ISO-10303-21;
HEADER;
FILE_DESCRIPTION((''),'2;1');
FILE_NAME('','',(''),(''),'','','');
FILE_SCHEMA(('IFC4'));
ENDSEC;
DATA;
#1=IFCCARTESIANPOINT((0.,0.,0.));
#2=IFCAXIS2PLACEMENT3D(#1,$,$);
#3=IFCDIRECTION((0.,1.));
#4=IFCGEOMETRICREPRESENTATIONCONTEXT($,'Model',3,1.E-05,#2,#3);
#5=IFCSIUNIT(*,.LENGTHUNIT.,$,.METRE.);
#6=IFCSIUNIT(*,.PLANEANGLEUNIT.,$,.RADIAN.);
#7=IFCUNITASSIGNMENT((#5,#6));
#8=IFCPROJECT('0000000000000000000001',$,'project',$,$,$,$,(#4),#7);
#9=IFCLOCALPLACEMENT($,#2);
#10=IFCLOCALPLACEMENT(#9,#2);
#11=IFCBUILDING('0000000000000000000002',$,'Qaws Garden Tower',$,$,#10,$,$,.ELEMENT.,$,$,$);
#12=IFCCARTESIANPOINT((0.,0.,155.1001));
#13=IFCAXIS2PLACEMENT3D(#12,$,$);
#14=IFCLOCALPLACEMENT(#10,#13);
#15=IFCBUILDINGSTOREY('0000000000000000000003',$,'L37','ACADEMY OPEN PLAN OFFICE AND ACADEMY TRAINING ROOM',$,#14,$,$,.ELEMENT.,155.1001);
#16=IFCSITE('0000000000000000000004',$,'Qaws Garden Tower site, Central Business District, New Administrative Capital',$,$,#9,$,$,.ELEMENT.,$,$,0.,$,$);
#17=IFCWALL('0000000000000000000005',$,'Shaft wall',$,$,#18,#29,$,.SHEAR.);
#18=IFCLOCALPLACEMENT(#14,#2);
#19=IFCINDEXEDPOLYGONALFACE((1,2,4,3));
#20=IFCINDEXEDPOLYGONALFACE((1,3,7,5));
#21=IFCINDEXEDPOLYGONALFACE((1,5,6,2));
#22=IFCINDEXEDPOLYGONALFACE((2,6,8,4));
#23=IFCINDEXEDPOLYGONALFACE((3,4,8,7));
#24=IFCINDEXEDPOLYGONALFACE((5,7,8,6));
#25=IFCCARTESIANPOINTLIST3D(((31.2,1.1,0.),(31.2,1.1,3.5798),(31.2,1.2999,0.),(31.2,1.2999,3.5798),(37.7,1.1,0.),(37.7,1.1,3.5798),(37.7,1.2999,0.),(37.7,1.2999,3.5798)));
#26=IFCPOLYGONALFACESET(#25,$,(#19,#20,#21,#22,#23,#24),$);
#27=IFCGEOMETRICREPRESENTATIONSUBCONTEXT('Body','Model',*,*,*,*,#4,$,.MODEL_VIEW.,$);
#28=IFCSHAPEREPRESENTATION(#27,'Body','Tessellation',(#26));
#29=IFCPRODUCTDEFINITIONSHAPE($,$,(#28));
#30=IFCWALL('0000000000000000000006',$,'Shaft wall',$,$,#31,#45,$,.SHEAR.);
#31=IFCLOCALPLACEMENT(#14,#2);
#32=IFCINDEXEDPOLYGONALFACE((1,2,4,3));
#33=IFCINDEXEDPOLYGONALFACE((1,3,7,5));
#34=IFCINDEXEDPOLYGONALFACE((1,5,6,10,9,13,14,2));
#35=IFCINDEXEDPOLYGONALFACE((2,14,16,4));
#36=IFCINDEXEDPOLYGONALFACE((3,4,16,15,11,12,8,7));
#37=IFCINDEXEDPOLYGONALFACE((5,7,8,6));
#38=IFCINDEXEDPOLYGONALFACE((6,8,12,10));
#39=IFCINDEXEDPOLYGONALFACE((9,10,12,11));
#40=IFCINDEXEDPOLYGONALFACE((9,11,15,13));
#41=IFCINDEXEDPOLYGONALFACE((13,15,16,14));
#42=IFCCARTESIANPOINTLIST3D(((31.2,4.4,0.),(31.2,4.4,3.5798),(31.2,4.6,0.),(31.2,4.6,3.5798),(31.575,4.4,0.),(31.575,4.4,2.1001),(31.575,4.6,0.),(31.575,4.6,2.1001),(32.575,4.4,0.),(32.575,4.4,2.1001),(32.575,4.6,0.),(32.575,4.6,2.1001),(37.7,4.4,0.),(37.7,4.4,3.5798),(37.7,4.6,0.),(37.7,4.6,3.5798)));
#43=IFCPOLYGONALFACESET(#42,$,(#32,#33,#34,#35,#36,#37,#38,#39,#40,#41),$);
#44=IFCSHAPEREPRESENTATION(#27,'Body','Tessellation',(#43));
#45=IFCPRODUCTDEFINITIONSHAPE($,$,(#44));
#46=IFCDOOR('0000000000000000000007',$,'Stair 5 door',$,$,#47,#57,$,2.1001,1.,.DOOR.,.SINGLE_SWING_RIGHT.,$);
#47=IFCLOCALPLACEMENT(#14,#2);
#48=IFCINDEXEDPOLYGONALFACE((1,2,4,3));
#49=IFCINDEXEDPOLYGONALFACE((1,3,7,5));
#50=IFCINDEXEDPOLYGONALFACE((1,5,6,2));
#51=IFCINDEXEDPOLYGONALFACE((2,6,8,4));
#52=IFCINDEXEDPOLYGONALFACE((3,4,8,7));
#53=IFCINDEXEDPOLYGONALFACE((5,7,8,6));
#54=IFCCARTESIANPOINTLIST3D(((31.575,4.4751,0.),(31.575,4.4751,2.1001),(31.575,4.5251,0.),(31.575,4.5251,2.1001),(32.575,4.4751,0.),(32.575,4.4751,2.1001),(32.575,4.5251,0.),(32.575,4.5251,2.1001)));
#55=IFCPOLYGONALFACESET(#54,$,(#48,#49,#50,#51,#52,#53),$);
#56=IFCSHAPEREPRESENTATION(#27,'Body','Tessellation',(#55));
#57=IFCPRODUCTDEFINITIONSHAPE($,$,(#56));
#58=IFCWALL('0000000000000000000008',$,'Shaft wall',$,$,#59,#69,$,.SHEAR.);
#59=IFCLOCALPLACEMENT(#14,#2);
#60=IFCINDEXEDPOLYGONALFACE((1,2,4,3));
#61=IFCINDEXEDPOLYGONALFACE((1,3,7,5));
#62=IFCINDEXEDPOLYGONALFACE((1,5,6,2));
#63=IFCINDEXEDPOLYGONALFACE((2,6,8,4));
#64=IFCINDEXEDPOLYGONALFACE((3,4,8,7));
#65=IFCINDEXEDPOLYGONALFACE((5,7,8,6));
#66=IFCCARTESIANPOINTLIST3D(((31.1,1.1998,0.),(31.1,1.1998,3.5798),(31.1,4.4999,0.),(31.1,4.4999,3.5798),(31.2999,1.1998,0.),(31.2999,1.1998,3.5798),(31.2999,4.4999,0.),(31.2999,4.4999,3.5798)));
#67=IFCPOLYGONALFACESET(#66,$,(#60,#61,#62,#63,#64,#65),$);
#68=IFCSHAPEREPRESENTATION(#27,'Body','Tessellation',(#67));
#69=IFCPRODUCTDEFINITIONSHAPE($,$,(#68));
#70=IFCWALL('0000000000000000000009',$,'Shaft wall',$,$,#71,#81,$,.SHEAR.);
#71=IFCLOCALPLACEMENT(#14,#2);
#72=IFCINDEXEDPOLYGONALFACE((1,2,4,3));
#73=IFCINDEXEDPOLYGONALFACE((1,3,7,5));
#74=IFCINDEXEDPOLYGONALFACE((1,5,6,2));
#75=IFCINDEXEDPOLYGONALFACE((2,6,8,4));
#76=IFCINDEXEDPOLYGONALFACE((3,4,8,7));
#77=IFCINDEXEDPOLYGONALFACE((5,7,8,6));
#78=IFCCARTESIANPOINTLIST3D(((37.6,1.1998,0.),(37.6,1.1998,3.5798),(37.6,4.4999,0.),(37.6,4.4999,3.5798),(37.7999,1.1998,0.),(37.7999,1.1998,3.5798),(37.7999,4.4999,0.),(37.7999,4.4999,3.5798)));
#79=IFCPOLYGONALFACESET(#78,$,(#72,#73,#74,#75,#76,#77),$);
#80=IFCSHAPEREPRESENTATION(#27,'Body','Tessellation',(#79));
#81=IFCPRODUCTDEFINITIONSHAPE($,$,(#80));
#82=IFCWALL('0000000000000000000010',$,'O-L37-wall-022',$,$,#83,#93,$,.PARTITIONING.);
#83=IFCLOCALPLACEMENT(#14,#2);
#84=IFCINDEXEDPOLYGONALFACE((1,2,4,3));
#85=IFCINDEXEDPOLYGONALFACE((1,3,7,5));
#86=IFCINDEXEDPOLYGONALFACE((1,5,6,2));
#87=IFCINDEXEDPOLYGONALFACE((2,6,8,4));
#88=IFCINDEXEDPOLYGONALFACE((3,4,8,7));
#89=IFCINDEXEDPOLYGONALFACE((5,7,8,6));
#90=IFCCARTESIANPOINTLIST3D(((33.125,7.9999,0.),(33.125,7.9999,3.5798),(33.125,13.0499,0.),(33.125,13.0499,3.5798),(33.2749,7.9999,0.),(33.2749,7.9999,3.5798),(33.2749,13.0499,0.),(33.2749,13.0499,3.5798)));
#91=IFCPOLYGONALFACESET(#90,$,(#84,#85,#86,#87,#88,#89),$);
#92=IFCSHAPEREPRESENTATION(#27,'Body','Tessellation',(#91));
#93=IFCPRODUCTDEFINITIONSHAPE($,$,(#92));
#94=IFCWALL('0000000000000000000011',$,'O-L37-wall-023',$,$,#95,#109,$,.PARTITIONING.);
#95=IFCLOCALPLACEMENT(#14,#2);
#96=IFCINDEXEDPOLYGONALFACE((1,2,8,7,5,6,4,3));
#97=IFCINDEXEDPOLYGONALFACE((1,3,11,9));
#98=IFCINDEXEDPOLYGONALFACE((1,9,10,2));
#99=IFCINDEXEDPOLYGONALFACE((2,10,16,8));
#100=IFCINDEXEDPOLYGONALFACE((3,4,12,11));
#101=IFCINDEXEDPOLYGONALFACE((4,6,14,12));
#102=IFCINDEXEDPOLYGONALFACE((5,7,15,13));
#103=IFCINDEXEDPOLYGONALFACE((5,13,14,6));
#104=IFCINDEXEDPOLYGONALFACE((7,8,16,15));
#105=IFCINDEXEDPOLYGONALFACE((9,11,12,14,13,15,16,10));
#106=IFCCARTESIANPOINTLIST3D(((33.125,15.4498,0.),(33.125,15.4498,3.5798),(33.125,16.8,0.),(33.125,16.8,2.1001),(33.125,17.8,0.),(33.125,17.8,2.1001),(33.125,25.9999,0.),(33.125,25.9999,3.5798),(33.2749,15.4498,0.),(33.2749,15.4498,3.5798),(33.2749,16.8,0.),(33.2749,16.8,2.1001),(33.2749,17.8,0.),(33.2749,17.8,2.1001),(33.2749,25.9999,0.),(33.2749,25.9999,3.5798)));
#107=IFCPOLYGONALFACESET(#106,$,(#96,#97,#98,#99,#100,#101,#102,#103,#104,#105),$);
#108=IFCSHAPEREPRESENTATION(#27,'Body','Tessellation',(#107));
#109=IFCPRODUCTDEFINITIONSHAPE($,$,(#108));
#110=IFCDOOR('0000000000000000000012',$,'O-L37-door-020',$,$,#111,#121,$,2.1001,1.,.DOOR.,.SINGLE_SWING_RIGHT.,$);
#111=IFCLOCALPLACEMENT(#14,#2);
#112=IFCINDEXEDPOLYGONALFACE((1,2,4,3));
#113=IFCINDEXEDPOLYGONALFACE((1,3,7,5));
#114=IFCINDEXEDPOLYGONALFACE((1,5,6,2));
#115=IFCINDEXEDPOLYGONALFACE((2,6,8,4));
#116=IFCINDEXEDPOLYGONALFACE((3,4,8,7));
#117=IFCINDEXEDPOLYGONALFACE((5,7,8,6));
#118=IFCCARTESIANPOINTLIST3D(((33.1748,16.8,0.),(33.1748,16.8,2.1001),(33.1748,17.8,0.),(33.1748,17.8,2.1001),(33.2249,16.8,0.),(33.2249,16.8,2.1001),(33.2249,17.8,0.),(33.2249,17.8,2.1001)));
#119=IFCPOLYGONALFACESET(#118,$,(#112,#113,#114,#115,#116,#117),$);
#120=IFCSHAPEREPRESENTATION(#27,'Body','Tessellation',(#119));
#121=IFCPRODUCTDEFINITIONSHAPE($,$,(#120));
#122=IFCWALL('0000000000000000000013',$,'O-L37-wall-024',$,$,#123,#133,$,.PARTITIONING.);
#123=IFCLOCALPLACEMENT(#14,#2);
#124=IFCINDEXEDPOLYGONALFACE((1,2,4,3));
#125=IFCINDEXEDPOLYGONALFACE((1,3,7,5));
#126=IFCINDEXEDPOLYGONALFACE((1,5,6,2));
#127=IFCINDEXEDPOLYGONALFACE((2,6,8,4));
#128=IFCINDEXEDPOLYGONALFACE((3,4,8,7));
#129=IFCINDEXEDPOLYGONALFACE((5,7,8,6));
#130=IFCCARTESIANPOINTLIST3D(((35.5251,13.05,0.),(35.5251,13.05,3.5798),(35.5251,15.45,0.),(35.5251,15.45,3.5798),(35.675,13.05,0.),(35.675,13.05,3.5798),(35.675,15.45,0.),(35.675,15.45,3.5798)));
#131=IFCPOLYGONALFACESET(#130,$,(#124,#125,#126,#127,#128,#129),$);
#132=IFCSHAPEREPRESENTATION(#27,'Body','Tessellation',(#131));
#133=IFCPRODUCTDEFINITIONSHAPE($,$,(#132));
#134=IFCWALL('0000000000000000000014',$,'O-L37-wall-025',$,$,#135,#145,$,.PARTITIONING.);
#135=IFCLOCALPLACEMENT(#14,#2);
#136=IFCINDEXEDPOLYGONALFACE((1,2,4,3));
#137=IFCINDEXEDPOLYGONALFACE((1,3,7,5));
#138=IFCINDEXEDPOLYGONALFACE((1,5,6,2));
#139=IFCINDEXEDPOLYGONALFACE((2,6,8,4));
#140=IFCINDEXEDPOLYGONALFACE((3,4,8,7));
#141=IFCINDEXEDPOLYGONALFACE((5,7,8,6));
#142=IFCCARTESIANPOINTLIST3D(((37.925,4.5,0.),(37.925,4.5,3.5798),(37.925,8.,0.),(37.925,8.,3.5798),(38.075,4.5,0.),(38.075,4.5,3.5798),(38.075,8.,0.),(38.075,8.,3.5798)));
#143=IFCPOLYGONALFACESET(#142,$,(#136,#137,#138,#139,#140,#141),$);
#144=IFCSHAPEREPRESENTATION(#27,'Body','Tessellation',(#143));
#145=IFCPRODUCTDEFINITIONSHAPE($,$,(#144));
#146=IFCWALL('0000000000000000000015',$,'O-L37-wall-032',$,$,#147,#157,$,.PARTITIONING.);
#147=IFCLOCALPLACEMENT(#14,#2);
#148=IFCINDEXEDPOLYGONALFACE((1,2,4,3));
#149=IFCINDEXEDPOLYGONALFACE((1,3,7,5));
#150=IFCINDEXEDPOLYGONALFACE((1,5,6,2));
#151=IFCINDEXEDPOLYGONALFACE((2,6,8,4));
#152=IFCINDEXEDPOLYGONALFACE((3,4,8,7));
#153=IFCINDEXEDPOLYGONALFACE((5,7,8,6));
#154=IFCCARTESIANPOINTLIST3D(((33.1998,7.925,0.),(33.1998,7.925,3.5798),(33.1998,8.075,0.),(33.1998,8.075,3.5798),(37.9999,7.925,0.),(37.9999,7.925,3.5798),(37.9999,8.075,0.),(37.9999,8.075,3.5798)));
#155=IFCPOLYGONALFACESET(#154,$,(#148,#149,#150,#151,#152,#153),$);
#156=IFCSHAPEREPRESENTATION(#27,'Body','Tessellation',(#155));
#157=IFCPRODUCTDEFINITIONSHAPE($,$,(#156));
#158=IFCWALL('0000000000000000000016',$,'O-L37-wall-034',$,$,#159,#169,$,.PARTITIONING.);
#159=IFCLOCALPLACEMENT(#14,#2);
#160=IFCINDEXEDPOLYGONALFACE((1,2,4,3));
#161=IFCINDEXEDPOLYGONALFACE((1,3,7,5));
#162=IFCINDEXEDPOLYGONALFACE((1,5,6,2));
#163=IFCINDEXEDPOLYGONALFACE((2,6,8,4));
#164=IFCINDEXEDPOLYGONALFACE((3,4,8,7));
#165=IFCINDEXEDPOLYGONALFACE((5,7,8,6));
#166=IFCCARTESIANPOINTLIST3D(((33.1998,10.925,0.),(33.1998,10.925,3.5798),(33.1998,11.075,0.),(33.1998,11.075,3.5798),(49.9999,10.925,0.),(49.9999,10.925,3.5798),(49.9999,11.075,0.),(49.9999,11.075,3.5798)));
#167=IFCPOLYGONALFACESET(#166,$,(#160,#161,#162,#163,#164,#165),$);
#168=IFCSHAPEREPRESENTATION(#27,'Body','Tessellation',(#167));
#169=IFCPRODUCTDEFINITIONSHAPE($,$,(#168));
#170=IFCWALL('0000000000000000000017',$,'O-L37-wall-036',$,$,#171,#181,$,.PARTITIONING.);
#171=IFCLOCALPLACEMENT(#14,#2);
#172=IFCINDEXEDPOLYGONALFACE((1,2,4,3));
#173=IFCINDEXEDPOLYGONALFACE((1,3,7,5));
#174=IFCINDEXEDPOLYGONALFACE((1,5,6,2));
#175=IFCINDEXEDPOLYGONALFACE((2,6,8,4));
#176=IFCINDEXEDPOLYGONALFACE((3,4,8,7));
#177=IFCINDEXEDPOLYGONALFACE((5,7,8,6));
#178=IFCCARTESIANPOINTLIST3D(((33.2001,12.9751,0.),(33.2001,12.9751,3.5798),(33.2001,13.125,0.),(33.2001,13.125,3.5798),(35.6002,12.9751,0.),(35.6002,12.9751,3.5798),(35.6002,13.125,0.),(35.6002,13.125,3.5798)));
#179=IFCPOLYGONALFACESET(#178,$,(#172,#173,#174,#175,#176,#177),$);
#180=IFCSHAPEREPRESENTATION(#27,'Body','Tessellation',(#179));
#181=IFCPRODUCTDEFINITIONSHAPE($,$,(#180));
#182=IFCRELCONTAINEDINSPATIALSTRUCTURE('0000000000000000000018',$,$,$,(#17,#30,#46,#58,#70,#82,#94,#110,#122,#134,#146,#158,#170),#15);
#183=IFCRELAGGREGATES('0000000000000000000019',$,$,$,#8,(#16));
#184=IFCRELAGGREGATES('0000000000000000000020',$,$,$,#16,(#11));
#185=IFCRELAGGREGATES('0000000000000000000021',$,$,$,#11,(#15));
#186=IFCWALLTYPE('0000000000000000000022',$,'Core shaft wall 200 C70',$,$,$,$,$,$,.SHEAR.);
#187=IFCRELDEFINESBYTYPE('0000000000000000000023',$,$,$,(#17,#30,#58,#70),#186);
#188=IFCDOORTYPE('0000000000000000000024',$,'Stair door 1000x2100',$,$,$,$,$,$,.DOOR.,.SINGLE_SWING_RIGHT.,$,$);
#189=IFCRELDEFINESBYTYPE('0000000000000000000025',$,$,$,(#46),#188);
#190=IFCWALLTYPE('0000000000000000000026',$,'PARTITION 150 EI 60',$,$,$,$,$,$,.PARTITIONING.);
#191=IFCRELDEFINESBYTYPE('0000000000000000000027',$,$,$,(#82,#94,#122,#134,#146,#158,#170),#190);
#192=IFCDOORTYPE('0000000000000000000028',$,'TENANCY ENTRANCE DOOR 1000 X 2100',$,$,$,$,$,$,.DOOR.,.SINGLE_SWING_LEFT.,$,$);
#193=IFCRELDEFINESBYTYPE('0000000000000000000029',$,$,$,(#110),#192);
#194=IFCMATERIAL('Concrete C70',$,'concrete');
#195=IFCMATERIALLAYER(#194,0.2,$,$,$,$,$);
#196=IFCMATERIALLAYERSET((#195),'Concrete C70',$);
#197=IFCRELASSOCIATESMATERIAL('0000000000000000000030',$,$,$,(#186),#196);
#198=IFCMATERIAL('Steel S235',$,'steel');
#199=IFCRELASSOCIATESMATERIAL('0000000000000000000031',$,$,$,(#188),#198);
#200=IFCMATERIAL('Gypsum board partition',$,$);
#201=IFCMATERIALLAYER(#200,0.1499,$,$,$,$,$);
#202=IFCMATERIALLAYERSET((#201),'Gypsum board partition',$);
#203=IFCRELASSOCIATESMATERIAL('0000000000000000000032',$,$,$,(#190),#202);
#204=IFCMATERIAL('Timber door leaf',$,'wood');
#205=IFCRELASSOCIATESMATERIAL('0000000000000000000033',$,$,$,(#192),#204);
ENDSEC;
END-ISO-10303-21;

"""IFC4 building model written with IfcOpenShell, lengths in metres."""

from ifc_helpers import new_model, si_unit, direction, frame, frame_2d, origin, place, context, subcontext, project, spatial, rectangle, extrude, material, layer, layer_set, type_object, element, fill, save


model = new_model("IFC4")

# Units and contexts
model_context = context("Model", 3, precision=1e-05, world=origin(), true_north=direction((0.0, 1.0)))
body_context = subcontext(model_context, "Body", "Model", "MODEL_VIEW")
ifc_project = project(units=[si_unit("LENGTHUNIT", "METRE"), si_unit("PLANEANGLEUNIT", "RADIAN")], contexts=[model_context])

# Site, building, storey
site_placement = place(None, origin())
site = spatial("IfcSite", under=ifc_project, at=site_placement, Name="Qaws Garden Tower site, Central Business District, New Administrative Capital", CompositionType="ELEMENT", RefElevation=0.0)
building_placement = place(site_placement, origin())
building = spatial("IfcBuilding", under=site, at=building_placement, Name="Qaws Garden Tower", CompositionType="ELEMENT")
storey_placement = place(building_placement, frame((0.0, 0.0, 155.1001)))
storey = spatial("IfcBuildingStorey", under=building, at=storey_placement, Name="L37", Description="ACADEMY OPEN PLAN OFFICE AND ACADEMY TRAINING ROOM", CompositionType="ELEMENT", Elevation=155.1001)

# Wall
ifc_material_1 = material(Name="Concrete C70", Category="concrete")
ifc_layer_1 = layer(ifc_material_1, 0.2)
ifc_layer_set_1 = layer_set([ifc_layer_1], Name="Concrete C70")
wall_type_1 = type_object("IfcWallType", Name="Core shaft wall 200 C70", PredefinedType="SHEAR", material=ifc_layer_set_1)
wall_1_placement = place(storey_placement, frame((31.2, 1.2, 0.0), z_axis=(0.0, 0.0, 1.0), x_axis=(1.0, 0.0, 0.0)))
element("IfcWall", 1, at=wall_1_placement, inside=storey, type_object=wall_type_1, Name="Shaft wall", PredefinedType="SHEAR", context=body_context, shape_type="SweptSolid", body=[
    extrude(rectangle(XDim=6.5, YDim=0.2, at=frame_2d((3.25, 0.0))), origin(), (0.0, 0.0, 1.0), 3.5798),
])

# Wall, opening, door
wall_2_placement = place(storey_placement, frame((31.2, 4.5, 0.0), z_axis=(0.0, 0.0, 1.0), x_axis=(1.0, 0.0, 0.0)))
wall_2 = element("IfcWall", 2, at=wall_2_placement, inside=storey, type_object=wall_type_1, Name="Shaft wall", PredefinedType="SHEAR", context=body_context, shape_type="SweptSolid", body=[
    extrude(rectangle(XDim=6.5, YDim=0.2, at=frame_2d((3.25, 0.0))), origin(), (0.0, 0.0, 1.0), 3.5798),
])
opening_1_placement = place(wall_2_placement, frame((0.375, 0.0, 0.0)))
opening_1 = element("IfcOpeningElement", 3, at=opening_1_placement, cuts=wall_2, PredefinedType="OPENING", context=body_context, shape_type="SweptSolid", body=[
    extrude(rectangle(XDim=1.0, YDim=2.1001, at=frame_2d((0.5, 1.05))), frame((0.0, 0.1099, 0.0), z_axis=(0.0, -1.0, 0.0), x_axis=(1.0, 0.0, 0.0)), (0.0, 0.0, 1.0), 0.22),
])
ifc_material_2 = material(Name="Steel S235", Category="steel")
door_type_1 = type_object("IfcDoorType", Name="Stair door 1000x2100", OperationType="SINGLE_SWING_RIGHT", PredefinedType="DOOR", material=ifc_material_2)
door_1_placement = place(opening_1_placement, frame((1.0, 0.0, 0.0), z_axis=(0.0, 0.0, 1.0), x_axis=(-1.0, 0.0, 0.0)))
door_1 = element("IfcDoor", 4, at=door_1_placement, inside=storey, type_object=door_type_1, Name="Stair 5 door", OperationType="SINGLE_SWING_RIGHT", OverallHeight=2.1001, OverallWidth=1.0, PredefinedType="DOOR", context=body_context, shape_type="SweptSolid", body=[
    extrude(rectangle(XDim=1.0, YDim=2.1001, at=frame_2d((0.5, 1.05))), frame((0.0, 0.0249, 0.0), z_axis=(0.0, -1.0, 0.0), x_axis=(1.0, 0.0, 0.0)), (0.0, 0.0, 1.0), 0.05),
])
fill(opening_1, door_1)

# Walls
for number, where, z_axis, x_axis, name in (
    (5, (31.2, 1.2, 0.0), (0.0, 0.0, 1.0), (0.0, 1.0, 0.0), "Shaft wall"),
    (6, (37.7, 1.2, 0.0), (0.0, 0.0, 1.0), (0.0, 1.0, 0.0), "Shaft wall"),
):
    element("IfcWall", number, at=place(storey_placement, frame(where, z_axis=z_axis, x_axis=x_axis)), inside=storey, type_object=wall_type_1, Name=name, PredefinedType="SHEAR", context=body_context, shape_type="SweptSolid", body=[
        extrude(rectangle(XDim=3.3, YDim=0.2, at=frame_2d((1.6499, 0.0))), origin(), (0.0, 0.0, 1.0), 3.5798),
    ])
ifc_material_3 = material(Name="Gypsum board partition")
ifc_layer_2 = layer(ifc_material_3, 0.1499)
ifc_layer_set_2 = layer_set([ifc_layer_2], Name="Gypsum board partition")
wall_type_2 = type_object("IfcWallType", Name="PARTITION 150 EI 60", PredefinedType="PARTITIONING", material=ifc_layer_set_2)
wall_3_placement = place(storey_placement, frame((33.2, 8.0, 0.0), z_axis=(0.0, 0.0, 1.0), x_axis=(0.0, 1.0, 0.0)))
element("IfcWall", 7, at=wall_3_placement, inside=storey, type_object=wall_type_2, Name="O-L37-wall-022", PredefinedType="PARTITIONING", context=body_context, shape_type="SweptSolid", body=[
    extrude(rectangle(XDim=5.05, YDim=0.1499, at=frame_2d((2.5249, 0.0))), origin(), (0.0, 0.0, 1.0), 3.5798),
])

# Wall, opening, door
wall_4_placement = place(storey_placement, frame((33.2, 15.45, 0.0), z_axis=(0.0, 0.0, 1.0), x_axis=(0.0, 1.0, 0.0)))
wall_4 = element("IfcWall", 8, at=wall_4_placement, inside=storey, type_object=wall_type_2, Name="O-L37-wall-023", PredefinedType="PARTITIONING", context=body_context, shape_type="SweptSolid", body=[
    extrude(rectangle(XDim=10.55, YDim=0.1499, at=frame_2d((5.2749, 0.0))), origin(), (0.0, 0.0, 1.0), 3.5798),
])
opening_2_placement = place(wall_4_placement, frame((1.3501, 0.0, 0.0)))
opening_2 = element("IfcOpeningElement", 9, at=opening_2_placement, cuts=wall_4, PredefinedType="OPENING", context=body_context, shape_type="SweptSolid", body=[
    extrude(rectangle(XDim=1.0, YDim=2.1001, at=frame_2d((0.5, 1.05))), frame((0.0, 0.085, 0.0), z_axis=(0.0, -1.0, 0.0), x_axis=(1.0, 0.0, 0.0)), (0.0, 0.0, 1.0), 0.1699),
])
ifc_material_4 = material(Name="Timber door leaf", Category="wood")
door_type_2 = type_object("IfcDoorType", Name="TENANCY ENTRANCE DOOR 1000 X 2100", OperationType="SINGLE_SWING_LEFT", PredefinedType="DOOR", material=ifc_material_4)
door_2_placement = place(opening_2_placement, frame((1.0, 0.0, 0.0), z_axis=(0.0, 0.0, 1.0), x_axis=(-1.0, 0.0, 0.0)))
door_2 = element("IfcDoor", 10, at=door_2_placement, inside=storey, type_object=door_type_2, Name="O-L37-door-020", OperationType="SINGLE_SWING_RIGHT", OverallHeight=2.1001, OverallWidth=1.0, PredefinedType="DOOR", context=body_context, shape_type="SweptSolid", body=[
    extrude(rectangle(XDim=1.0, YDim=2.1001, at=frame_2d((0.5, 1.05))), frame((0.0, 0.0249, 0.0), z_axis=(0.0, -1.0, 0.0), x_axis=(1.0, 0.0, 0.0)), (0.0, 0.0, 1.0), 0.05),
])
fill(opening_2, door_2)

# Walls
wall_5_placement = place(storey_placement, frame((35.6001, 13.05, 0.0), z_axis=(0.0, 0.0, 1.0), x_axis=(0.0, 1.0, 0.0)))
element("IfcWall", 11, at=wall_5_placement, inside=storey, type_object=wall_type_2, Name="O-L37-wall-024", PredefinedType="PARTITIONING", context=body_context, shape_type="SweptSolid", body=[
    extrude(rectangle(XDim=2.3999, YDim=0.1499, at=frame_2d((1.2, 0.0))), origin(), (0.0, 0.0, 1.0), 3.5798),
])
wall_6_placement = place(storey_placement, frame((38.0, 4.5, 0.0), z_axis=(0.0, 0.0, 1.0), x_axis=(0.0, 1.0, 0.0)))
element("IfcWall", 12, at=wall_6_placement, inside=storey, type_object=wall_type_2, Name="O-L37-wall-025", PredefinedType="PARTITIONING", context=body_context, shape_type="SweptSolid", body=[
    extrude(rectangle(XDim=3.5, YDim=0.1499, at=frame_2d((1.75, 0.0))), origin(), (0.0, 0.0, 1.0), 3.5798),
])
wall_7_placement = place(storey_placement, frame((33.2, 8.0, 0.0), z_axis=(0.0, 0.0, 1.0), x_axis=(1.0, 0.0, 0.0)))
element("IfcWall", 13, at=wall_7_placement, inside=storey, type_object=wall_type_2, Name="O-L37-wall-032", PredefinedType="PARTITIONING", context=body_context, shape_type="SweptSolid", body=[
    extrude(rectangle(XDim=4.8, YDim=0.1499, at=frame_2d((2.3999, 0.0))), origin(), (0.0, 0.0, 1.0), 3.5798),
])
wall_8_placement = place(storey_placement, frame((33.2, 11.0, 0.0), z_axis=(0.0, 0.0, 1.0), x_axis=(1.0, 0.0, 0.0)))
element("IfcWall", 14, at=wall_8_placement, inside=storey, type_object=wall_type_2, Name="O-L37-wall-034", PredefinedType="PARTITIONING", context=body_context, shape_type="SweptSolid", body=[
    extrude(rectangle(XDim=16.8, YDim=0.1499, at=frame_2d((8.3999, 0.0))), origin(), (0.0, 0.0, 1.0), 3.5798),
])
for number, where, z_axis, x_axis, name in (
    (15, (33.2, 13.05, 0.0), (0.0, 0.0, 1.0), (1.0, 0.0, 0.0), "O-L37-wall-036"),
):
    element("IfcWall", number, at=place(storey_placement, frame(where, z_axis=z_axis, x_axis=x_axis)), inside=storey, type_object=wall_type_2, Name=name, PredefinedType="PARTITIONING", context=body_context, shape_type="SweptSolid", body=[
        extrude(rectangle(XDim=2.4001, YDim=0.1499, at=frame_2d((1.2002, 0.0))), origin(), (0.0, 0.0, 1.0), 3.5798),
    ])

save(model, "model.ifc")
